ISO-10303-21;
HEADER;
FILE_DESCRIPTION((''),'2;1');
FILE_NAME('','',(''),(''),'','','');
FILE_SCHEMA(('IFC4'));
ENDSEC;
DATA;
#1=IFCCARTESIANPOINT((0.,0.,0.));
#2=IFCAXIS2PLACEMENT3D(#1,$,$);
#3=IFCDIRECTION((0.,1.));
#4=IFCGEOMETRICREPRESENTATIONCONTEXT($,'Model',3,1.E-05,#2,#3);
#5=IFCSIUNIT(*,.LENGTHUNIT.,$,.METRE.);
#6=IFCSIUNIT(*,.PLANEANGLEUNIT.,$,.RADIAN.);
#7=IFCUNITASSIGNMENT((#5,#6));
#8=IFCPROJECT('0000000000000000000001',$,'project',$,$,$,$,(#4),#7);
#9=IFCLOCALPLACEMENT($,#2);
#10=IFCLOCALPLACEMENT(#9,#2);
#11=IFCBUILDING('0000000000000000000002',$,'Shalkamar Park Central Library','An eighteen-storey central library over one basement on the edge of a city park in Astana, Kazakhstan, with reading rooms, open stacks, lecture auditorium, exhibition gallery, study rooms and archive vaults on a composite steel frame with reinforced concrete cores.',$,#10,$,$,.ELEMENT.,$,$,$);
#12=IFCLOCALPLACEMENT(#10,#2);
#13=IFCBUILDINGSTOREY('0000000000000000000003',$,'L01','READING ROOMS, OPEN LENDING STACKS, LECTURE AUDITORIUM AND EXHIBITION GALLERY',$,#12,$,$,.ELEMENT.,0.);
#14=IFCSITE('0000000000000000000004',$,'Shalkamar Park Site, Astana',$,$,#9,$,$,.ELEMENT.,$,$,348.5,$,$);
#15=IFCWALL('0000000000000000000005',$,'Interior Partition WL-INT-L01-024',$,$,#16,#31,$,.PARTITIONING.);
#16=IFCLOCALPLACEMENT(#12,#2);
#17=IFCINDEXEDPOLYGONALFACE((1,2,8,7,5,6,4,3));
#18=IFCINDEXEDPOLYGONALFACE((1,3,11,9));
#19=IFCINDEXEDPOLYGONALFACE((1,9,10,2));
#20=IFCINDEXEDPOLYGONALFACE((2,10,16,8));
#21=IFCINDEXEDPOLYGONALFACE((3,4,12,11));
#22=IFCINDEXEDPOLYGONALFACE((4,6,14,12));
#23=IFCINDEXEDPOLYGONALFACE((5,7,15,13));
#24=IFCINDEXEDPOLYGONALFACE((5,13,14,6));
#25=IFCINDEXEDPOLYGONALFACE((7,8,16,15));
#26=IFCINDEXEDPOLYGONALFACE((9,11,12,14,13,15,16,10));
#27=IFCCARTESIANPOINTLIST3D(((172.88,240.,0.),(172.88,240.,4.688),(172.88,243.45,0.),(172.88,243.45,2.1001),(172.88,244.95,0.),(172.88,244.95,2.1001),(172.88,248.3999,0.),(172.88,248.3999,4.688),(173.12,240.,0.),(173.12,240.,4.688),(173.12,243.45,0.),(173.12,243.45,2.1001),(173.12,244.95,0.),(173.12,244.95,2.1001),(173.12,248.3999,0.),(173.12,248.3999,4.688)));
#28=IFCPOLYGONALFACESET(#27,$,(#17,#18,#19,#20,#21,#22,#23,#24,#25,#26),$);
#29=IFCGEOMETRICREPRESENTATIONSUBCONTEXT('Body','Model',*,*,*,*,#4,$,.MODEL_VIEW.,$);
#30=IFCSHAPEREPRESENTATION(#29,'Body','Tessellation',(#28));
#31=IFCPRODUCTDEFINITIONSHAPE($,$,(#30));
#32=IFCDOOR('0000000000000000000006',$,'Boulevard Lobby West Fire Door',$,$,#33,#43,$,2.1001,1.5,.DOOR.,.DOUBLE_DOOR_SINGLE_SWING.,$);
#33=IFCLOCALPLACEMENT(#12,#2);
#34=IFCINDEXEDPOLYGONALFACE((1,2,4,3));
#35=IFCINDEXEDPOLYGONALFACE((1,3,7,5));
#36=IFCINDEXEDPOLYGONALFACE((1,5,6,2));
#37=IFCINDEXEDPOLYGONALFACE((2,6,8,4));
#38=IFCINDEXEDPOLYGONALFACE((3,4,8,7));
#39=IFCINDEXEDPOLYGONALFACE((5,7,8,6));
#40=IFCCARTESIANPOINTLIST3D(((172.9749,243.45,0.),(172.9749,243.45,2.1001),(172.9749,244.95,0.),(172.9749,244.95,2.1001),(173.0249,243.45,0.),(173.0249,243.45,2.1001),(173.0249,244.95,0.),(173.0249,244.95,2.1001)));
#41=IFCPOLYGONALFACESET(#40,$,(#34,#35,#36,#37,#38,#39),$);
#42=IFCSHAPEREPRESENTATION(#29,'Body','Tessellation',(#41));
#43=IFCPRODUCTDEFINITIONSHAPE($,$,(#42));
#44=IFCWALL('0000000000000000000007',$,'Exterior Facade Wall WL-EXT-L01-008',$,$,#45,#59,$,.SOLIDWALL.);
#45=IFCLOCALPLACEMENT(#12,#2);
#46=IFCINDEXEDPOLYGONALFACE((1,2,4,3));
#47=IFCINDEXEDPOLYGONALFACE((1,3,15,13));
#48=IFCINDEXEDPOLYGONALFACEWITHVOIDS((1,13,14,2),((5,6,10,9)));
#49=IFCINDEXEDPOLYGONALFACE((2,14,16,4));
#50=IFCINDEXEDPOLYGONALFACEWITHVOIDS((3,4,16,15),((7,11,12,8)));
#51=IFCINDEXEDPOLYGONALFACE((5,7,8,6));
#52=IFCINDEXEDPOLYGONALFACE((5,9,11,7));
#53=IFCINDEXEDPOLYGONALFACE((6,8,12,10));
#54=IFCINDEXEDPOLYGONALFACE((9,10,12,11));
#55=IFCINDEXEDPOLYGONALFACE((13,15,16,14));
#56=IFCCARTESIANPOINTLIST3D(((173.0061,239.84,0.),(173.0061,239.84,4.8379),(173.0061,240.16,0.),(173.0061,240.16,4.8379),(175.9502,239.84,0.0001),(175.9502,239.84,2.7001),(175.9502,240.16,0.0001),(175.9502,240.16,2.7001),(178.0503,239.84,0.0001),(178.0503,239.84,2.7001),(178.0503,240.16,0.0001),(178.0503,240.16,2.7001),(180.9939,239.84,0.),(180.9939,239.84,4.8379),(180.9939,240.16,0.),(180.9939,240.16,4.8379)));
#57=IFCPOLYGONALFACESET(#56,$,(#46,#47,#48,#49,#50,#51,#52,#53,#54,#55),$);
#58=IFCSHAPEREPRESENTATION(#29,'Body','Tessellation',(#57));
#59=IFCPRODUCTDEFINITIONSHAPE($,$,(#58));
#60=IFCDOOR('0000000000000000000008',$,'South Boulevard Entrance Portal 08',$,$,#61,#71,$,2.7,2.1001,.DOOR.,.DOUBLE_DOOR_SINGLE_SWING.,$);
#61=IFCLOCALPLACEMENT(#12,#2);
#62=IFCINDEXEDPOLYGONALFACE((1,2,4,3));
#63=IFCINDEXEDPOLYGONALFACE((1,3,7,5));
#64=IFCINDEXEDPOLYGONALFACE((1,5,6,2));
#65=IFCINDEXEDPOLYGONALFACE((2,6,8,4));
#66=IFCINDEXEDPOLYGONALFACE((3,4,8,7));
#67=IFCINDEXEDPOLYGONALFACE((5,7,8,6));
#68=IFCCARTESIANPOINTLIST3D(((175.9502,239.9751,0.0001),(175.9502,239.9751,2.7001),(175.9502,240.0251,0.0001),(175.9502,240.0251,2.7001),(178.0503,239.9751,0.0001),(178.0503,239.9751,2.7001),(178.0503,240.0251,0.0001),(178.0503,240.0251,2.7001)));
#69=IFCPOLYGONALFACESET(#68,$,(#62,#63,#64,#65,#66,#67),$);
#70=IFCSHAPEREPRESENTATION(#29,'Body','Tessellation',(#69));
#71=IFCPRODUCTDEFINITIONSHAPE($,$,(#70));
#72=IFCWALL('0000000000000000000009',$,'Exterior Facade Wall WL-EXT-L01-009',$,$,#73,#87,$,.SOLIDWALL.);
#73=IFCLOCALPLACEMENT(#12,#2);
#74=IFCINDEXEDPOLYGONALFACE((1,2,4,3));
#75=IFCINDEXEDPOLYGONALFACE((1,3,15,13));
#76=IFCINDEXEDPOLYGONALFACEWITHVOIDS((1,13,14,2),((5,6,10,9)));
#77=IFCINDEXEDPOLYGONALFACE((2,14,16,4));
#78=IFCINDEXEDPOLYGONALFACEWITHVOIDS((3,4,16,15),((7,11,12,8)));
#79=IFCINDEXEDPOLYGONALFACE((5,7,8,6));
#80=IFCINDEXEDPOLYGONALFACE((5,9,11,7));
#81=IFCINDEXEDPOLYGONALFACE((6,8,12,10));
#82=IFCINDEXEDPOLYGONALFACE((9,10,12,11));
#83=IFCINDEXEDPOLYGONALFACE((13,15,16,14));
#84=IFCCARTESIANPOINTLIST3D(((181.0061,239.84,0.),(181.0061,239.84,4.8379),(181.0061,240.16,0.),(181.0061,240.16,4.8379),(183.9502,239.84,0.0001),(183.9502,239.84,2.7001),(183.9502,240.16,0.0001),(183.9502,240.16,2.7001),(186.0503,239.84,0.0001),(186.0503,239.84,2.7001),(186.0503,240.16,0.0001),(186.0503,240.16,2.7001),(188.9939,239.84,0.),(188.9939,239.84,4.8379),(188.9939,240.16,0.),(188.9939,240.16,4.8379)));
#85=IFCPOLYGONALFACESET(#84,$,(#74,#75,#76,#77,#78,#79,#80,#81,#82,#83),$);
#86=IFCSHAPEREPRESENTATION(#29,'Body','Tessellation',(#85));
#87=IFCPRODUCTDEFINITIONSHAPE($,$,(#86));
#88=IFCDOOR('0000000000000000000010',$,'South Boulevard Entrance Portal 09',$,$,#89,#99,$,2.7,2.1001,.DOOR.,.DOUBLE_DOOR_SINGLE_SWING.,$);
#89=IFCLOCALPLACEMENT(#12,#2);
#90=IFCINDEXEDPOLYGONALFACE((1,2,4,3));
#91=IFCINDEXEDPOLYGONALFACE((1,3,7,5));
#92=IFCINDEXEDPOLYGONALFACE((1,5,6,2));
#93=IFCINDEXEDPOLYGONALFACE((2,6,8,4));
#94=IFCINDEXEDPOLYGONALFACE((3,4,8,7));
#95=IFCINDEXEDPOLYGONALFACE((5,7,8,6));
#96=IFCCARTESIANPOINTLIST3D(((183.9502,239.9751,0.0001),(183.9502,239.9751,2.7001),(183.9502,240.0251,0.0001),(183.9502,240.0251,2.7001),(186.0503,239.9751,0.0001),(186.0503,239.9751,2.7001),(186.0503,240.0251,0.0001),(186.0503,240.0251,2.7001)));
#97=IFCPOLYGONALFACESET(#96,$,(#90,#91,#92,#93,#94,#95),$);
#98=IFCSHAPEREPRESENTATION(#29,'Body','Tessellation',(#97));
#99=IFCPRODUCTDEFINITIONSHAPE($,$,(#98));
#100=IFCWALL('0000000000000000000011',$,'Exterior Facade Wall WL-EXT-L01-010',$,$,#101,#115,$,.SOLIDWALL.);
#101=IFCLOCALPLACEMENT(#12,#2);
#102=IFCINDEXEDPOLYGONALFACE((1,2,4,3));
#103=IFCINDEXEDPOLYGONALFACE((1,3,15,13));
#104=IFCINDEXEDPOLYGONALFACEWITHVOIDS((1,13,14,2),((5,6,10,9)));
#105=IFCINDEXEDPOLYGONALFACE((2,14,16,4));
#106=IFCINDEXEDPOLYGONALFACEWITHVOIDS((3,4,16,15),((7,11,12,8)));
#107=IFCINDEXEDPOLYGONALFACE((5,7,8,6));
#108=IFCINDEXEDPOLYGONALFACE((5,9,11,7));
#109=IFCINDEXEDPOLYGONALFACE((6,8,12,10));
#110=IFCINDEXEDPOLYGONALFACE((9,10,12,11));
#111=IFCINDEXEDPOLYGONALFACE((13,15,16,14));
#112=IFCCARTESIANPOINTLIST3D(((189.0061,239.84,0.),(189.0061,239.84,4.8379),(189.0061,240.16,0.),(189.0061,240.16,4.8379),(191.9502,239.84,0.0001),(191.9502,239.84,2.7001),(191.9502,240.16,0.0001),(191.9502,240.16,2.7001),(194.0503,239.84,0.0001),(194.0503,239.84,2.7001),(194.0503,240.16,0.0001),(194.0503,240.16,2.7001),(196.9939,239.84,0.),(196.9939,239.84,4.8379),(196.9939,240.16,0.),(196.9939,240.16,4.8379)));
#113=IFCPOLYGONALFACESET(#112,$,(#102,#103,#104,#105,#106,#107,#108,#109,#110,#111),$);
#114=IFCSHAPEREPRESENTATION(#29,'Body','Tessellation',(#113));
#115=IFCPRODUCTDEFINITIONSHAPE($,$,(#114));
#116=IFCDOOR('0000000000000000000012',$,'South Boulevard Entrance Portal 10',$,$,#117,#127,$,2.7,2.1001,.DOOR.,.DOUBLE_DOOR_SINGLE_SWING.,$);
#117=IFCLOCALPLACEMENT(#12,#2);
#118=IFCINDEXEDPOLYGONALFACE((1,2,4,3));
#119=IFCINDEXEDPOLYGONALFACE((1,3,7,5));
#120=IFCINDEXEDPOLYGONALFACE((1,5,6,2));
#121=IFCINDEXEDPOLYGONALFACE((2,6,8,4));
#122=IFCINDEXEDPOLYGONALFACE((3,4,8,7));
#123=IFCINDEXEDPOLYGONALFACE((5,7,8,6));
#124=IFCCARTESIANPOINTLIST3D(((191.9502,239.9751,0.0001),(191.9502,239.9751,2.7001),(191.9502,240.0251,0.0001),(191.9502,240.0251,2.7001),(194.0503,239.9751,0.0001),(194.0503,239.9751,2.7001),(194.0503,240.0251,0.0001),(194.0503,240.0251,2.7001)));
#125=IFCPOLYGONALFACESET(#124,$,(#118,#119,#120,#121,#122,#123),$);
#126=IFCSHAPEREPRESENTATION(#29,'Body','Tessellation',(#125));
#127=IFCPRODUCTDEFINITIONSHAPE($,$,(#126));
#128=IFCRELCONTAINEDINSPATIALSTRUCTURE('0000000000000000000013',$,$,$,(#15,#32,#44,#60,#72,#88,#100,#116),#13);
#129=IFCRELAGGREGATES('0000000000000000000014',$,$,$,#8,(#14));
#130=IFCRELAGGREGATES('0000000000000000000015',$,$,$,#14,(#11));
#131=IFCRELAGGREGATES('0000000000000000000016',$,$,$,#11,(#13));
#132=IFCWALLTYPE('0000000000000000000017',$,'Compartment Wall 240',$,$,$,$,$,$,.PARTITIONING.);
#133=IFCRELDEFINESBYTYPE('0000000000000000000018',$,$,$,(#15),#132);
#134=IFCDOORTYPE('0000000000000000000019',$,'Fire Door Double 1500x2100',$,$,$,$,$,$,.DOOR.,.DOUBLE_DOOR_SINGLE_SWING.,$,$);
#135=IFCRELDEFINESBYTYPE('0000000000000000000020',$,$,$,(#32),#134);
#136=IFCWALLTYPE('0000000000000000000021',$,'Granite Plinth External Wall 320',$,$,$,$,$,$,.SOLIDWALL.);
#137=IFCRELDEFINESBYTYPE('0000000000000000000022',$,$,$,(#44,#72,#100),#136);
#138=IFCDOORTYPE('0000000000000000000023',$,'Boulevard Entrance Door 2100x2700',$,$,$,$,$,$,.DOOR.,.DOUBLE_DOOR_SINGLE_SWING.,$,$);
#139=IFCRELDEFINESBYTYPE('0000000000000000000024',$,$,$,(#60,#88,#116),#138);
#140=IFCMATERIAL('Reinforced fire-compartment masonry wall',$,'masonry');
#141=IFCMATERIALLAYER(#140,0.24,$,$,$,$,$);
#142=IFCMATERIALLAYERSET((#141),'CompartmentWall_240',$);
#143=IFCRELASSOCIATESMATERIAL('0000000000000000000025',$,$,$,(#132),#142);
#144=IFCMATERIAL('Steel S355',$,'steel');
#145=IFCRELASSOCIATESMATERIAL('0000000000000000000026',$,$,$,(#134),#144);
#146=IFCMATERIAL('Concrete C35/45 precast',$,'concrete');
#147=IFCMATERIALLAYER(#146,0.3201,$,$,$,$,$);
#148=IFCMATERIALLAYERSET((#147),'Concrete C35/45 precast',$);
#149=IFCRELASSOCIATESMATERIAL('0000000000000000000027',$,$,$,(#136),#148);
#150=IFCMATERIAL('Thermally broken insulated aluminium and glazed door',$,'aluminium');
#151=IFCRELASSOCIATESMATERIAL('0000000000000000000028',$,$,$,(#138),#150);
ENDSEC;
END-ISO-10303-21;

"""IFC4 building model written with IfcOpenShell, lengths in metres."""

from ifc_helpers import new_model, si_unit, direction, frame, frame_2d, origin, place, context, subcontext, project, spatial, rectangle, extrude, material, layer, layer_set, type_object, element, fill, save


model = new_model("IFC4")

# Units and contexts
model_context = context("Model", 3, precision=1e-05, world=origin(), true_north=direction((0.0, 1.0)))
body_context = subcontext(model_context, "Body", "Model", "MODEL_VIEW")
ifc_project = project(units=[si_unit("LENGTHUNIT", "METRE"), si_unit("PLANEANGLEUNIT", "RADIAN")], contexts=[model_context])

# Site, building, storey
site_placement = place(None, origin())
site = spatial("IfcSite", under=ifc_project, at=site_placement, Name="Shalkamar Park Site, Astana", CompositionType="ELEMENT", RefElevation=348.5)
building_placement = place(site_placement, origin())
building = spatial("IfcBuilding", under=site, at=building_placement, Name="Shalkamar Park Central Library", Description="An eighteen-storey central library over one basement on the edge of a city park in Astana, Kazakhstan, with reading rooms, open stacks, lecture auditorium, exhibition gallery, study rooms and archive vaults on a composite steel frame with reinforced concrete cores.", CompositionType="ELEMENT")
storey_placement = place(building_placement, origin())
storey = spatial("IfcBuildingStorey", under=building, at=storey_placement, Name="L01", Description="READING ROOMS, OPEN LENDING STACKS, LECTURE AUDITORIUM AND EXHIBITION GALLERY", CompositionType="ELEMENT", Elevation=0.0)

# Shared definitions
ifc_material_1 = material(Name="Steel S355", Category="steel")

# Walls, openings, doors
ifc_material_2 = material(Name="Reinforced fire-compartment masonry wall", Category="masonry")
ifc_layer_1 = layer(ifc_material_2, 0.24)
ifc_layer_set_1 = layer_set([ifc_layer_1], Name="CompartmentWall_240")
wall_type_1 = type_object("IfcWallType", Name="Compartment Wall 240", PredefinedType="PARTITIONING", material=ifc_layer_set_1)
wall_1_placement = place(storey_placement, frame((173.0, 240.0, 0.0), z_axis=(0.0, 0.0, 1.0), x_axis=(0.0, 1.0, 0.0)))
wall_1 = element("IfcWall", 1, at=wall_1_placement, inside=storey, type_object=wall_type_1, Name="Interior Partition WL-INT-L01-024", PredefinedType="PARTITIONING", context=body_context, shape_type="SweptSolid", body=[
    extrude(rectangle(XDim=8.3999, YDim=0.24, at=frame_2d((4.2, 0.0))), origin(), (0.0, 0.0, 1.0), 4.688),
])
opening_1_placement = place(wall_1_placement, frame((3.45, 0.0, 0.0)))
opening_1 = element("IfcOpeningElement", 2, at=opening_1_placement, cuts=wall_1, PredefinedType="OPENING", context=body_context, shape_type="SweptSolid", body=[
    extrude(rectangle(XDim=1.5, YDim=2.1001, at=frame_2d((0.75, 1.05))), frame((0.0, 0.1348, 0.0), z_axis=(0.0, -1.0, 0.0), x_axis=(1.0, 0.0, 0.0)), (0.0, 0.0, 1.0), 0.2698),
])
door_type_1 = type_object("IfcDoorType", Name="Fire Door Double 1500x2100", OperationType="DOUBLE_DOOR_SINGLE_SWING", PredefinedType="DOOR", material=ifc_material_1)
door_1_placement = place(opening_1_placement, frame((1.5, 0.0, 0.0), z_axis=(0.0, 0.0, 1.0), x_axis=(-1.0, 0.0, 0.0)))
door_1 = element("IfcDoor", 3, at=door_1_placement, inside=storey, type_object=door_type_1, Name="Boulevard Lobby West Fire Door", OperationType="DOUBLE_DOOR_SINGLE_SWING", OverallHeight=2.1001, OverallWidth=1.5, PredefinedType="DOOR", context=body_context, shape_type="SweptSolid", body=[
    extrude(rectangle(XDim=1.5, YDim=2.1001, at=frame_2d((0.75, 1.05))), frame((0.0, 0.0249, 0.0), z_axis=(0.0, -1.0, 0.0), x_axis=(1.0, 0.0, 0.0)), (0.0, 0.0, 1.0), 0.05),
])
fill(opening_1, door_1)
ifc_material_3 = material(Name="Concrete C35/45 precast", Category="concrete")
ifc_layer_2 = layer(ifc_material_3, 0.3201)
ifc_layer_set_2 = layer_set([ifc_layer_2], Name="Concrete C35/45 precast")
wall_type_2 = type_object("IfcWallType", Name="Granite Plinth External Wall 320", PredefinedType="SOLIDWALL", material=ifc_layer_set_2)
wall_2_placement = place(storey_placement, frame((173.0061, 240.0, 0.0), z_axis=(0.0, 0.0, 1.0), x_axis=(1.0, 0.0, 0.0)))
wall_2 = element("IfcWall", 4, at=wall_2_placement, inside=storey, type_object=wall_type_2, Name="Exterior Facade Wall WL-EXT-L01-008", PredefinedType="SOLIDWALL", context=body_context, shape_type="SweptSolid", body=[
    extrude(rectangle(XDim=7.9878, YDim=0.3201, at=frame_2d((3.9939, 0.0))), origin(), (0.0, 0.0, 1.0), 4.8379),
])
opening_2_placement = place(wall_2_placement, frame((2.9441, 0.0, 0.0)))
opening_2 = element("IfcOpeningElement", 5, at=opening_2_placement, cuts=wall_2, PredefinedType="OPENING", context=body_context, shape_type="SweptSolid", body=[
    extrude(rectangle(XDim=2.1001, YDim=2.7, at=frame_2d((1.05, 1.3501))), frame((0.0, 0.1748, 0.0), z_axis=(0.0, -1.0, 0.0), x_axis=(1.0, 0.0, 0.0)), (0.0, 0.0, 1.0), 0.3499),
])
ifc_material_4 = material(Name="Thermally broken insulated aluminium and glazed door", Category="aluminium")
door_type_2 = type_object("IfcDoorType", Name="Boulevard Entrance Door 2100x2700", OperationType="DOUBLE_DOOR_SINGLE_SWING", PredefinedType="DOOR", material=ifc_material_4)
door_2_placement = place(opening_2_placement, frame((2.1001, 0.0, 0.0), z_axis=(0.0, 0.0, 1.0), x_axis=(-1.0, 0.0, 0.0)))
door_2 = element("IfcDoor", 6, at=door_2_placement, inside=storey, type_object=door_type_2, Name="South Boulevard Entrance Portal 08", OperationType="DOUBLE_DOOR_SINGLE_SWING", OverallHeight=2.7, OverallWidth=2.1001, PredefinedType="DOOR", context=body_context, shape_type="SweptSolid", body=[
    extrude(rectangle(XDim=2.1001, YDim=2.7, at=frame_2d((1.05, 1.3501))), frame((0.0, 0.0249, 0.0), z_axis=(0.0, -1.0, 0.0), x_axis=(1.0, 0.0, 0.0)), (0.0, 0.0, 1.0), 0.05),
])
fill(opening_2, door_2)
wall_3_placement = place(storey_placement, frame((181.0061, 240.0, 0.0), z_axis=(0.0, 0.0, 1.0), x_axis=(1.0, 0.0, 0.0)))
wall_3 = element("IfcWall", 7, at=wall_3_placement, inside=storey, type_object=wall_type_2, Name="Exterior Facade Wall WL-EXT-L01-009", PredefinedType="SOLIDWALL", context=body_context, shape_type="SweptSolid", body=[
    extrude(rectangle(XDim=7.9878, YDim=0.3201, at=frame_2d((3.9939, 0.0))), origin(), (0.0, 0.0, 1.0), 4.8379),
])
opening_3_placement = place(wall_3_placement, frame((2.9441, 0.0, 0.0)))
opening_3 = element("IfcOpeningElement", 8, at=opening_3_placement, cuts=wall_3, PredefinedType="OPENING", context=body_context, shape_type="SweptSolid", body=[
    extrude(rectangle(XDim=2.1001, YDim=2.7, at=frame_2d((1.05, 1.3501))), frame((0.0, 0.1748, 0.0), z_axis=(0.0, -1.0, 0.0), x_axis=(1.0, 0.0, 0.0)), (0.0, 0.0, 1.0), 0.3499),
])
door_3_placement = place(opening_3_placement, frame((2.1001, 0.0, 0.0), z_axis=(0.0, 0.0, 1.0), x_axis=(-1.0, 0.0, 0.0)))
door_3 = element("IfcDoor", 9, at=door_3_placement, inside=storey, type_object=door_type_2, Name="South Boulevard Entrance Portal 09", OperationType="DOUBLE_DOOR_SINGLE_SWING", OverallHeight=2.7, OverallWidth=2.1001, PredefinedType="DOOR", context=body_context, shape_type="SweptSolid", body=[
    extrude(rectangle(XDim=2.1001, YDim=2.7, at=frame_2d((1.05, 1.3501))), frame((0.0, 0.0249, 0.0), z_axis=(0.0, -1.0, 0.0), x_axis=(1.0, 0.0, 0.0)), (0.0, 0.0, 1.0), 0.05),
])
fill(opening_3, door_3)
wall_4_placement = place(storey_placement, frame((189.0061, 240.0, 0.0), z_axis=(0.0, 0.0, 1.0), x_axis=(1.0, 0.0, 0.0)))
wall_4 = element("IfcWall", 10, at=wall_4_placement, inside=storey, type_object=wall_type_2, Name="Exterior Facade Wall WL-EXT-L01-010", PredefinedType="SOLIDWALL", context=body_context, shape_type="SweptSolid", body=[
    extrude(rectangle(XDim=7.9878, YDim=0.3201, at=frame_2d((3.9939, 0.0))), origin(), (0.0, 0.0, 1.0), 4.8379),
])
opening_4_placement = place(wall_4_placement, frame((2.9441, 0.0, 0.0)))
opening_4 = element("IfcOpeningElement", 11, at=opening_4_placement, cuts=wall_4, PredefinedType="OPENING", context=body_context, shape_type="SweptSolid", body=[
    extrude(rectangle(XDim=2.1001, YDim=2.7, at=frame_2d((1.05, 1.3501))), frame((0.0, 0.1748, 0.0), z_axis=(0.0, -1.0, 0.0), x_axis=(1.0, 0.0, 0.0)), (0.0, 0.0, 1.0), 0.3499),
])
door_4_placement = place(opening_4_placement, frame((2.1001, 0.0, 0.0), z_axis=(0.0, 0.0, 1.0), x_axis=(-1.0, 0.0, 0.0)))
door_4 = element("IfcDoor", 12, at=door_4_placement, inside=storey, type_object=door_type_2, Name="South Boulevard Entrance Portal 10", OperationType="DOUBLE_DOOR_SINGLE_SWING", OverallHeight=2.7, OverallWidth=2.1001, PredefinedType="DOOR", context=body_context, shape_type="SweptSolid", body=[
    extrude(rectangle(XDim=2.1001, YDim=2.7, at=frame_2d((1.05, 1.3501))), frame((0.0, 0.0249, 0.0), z_axis=(0.0, -1.0, 0.0), x_axis=(1.0, 0.0, 0.0)), (0.0, 0.0, 1.0), 0.05),
])
fill(opening_4, door_4)

save(model, "model.ifc")
